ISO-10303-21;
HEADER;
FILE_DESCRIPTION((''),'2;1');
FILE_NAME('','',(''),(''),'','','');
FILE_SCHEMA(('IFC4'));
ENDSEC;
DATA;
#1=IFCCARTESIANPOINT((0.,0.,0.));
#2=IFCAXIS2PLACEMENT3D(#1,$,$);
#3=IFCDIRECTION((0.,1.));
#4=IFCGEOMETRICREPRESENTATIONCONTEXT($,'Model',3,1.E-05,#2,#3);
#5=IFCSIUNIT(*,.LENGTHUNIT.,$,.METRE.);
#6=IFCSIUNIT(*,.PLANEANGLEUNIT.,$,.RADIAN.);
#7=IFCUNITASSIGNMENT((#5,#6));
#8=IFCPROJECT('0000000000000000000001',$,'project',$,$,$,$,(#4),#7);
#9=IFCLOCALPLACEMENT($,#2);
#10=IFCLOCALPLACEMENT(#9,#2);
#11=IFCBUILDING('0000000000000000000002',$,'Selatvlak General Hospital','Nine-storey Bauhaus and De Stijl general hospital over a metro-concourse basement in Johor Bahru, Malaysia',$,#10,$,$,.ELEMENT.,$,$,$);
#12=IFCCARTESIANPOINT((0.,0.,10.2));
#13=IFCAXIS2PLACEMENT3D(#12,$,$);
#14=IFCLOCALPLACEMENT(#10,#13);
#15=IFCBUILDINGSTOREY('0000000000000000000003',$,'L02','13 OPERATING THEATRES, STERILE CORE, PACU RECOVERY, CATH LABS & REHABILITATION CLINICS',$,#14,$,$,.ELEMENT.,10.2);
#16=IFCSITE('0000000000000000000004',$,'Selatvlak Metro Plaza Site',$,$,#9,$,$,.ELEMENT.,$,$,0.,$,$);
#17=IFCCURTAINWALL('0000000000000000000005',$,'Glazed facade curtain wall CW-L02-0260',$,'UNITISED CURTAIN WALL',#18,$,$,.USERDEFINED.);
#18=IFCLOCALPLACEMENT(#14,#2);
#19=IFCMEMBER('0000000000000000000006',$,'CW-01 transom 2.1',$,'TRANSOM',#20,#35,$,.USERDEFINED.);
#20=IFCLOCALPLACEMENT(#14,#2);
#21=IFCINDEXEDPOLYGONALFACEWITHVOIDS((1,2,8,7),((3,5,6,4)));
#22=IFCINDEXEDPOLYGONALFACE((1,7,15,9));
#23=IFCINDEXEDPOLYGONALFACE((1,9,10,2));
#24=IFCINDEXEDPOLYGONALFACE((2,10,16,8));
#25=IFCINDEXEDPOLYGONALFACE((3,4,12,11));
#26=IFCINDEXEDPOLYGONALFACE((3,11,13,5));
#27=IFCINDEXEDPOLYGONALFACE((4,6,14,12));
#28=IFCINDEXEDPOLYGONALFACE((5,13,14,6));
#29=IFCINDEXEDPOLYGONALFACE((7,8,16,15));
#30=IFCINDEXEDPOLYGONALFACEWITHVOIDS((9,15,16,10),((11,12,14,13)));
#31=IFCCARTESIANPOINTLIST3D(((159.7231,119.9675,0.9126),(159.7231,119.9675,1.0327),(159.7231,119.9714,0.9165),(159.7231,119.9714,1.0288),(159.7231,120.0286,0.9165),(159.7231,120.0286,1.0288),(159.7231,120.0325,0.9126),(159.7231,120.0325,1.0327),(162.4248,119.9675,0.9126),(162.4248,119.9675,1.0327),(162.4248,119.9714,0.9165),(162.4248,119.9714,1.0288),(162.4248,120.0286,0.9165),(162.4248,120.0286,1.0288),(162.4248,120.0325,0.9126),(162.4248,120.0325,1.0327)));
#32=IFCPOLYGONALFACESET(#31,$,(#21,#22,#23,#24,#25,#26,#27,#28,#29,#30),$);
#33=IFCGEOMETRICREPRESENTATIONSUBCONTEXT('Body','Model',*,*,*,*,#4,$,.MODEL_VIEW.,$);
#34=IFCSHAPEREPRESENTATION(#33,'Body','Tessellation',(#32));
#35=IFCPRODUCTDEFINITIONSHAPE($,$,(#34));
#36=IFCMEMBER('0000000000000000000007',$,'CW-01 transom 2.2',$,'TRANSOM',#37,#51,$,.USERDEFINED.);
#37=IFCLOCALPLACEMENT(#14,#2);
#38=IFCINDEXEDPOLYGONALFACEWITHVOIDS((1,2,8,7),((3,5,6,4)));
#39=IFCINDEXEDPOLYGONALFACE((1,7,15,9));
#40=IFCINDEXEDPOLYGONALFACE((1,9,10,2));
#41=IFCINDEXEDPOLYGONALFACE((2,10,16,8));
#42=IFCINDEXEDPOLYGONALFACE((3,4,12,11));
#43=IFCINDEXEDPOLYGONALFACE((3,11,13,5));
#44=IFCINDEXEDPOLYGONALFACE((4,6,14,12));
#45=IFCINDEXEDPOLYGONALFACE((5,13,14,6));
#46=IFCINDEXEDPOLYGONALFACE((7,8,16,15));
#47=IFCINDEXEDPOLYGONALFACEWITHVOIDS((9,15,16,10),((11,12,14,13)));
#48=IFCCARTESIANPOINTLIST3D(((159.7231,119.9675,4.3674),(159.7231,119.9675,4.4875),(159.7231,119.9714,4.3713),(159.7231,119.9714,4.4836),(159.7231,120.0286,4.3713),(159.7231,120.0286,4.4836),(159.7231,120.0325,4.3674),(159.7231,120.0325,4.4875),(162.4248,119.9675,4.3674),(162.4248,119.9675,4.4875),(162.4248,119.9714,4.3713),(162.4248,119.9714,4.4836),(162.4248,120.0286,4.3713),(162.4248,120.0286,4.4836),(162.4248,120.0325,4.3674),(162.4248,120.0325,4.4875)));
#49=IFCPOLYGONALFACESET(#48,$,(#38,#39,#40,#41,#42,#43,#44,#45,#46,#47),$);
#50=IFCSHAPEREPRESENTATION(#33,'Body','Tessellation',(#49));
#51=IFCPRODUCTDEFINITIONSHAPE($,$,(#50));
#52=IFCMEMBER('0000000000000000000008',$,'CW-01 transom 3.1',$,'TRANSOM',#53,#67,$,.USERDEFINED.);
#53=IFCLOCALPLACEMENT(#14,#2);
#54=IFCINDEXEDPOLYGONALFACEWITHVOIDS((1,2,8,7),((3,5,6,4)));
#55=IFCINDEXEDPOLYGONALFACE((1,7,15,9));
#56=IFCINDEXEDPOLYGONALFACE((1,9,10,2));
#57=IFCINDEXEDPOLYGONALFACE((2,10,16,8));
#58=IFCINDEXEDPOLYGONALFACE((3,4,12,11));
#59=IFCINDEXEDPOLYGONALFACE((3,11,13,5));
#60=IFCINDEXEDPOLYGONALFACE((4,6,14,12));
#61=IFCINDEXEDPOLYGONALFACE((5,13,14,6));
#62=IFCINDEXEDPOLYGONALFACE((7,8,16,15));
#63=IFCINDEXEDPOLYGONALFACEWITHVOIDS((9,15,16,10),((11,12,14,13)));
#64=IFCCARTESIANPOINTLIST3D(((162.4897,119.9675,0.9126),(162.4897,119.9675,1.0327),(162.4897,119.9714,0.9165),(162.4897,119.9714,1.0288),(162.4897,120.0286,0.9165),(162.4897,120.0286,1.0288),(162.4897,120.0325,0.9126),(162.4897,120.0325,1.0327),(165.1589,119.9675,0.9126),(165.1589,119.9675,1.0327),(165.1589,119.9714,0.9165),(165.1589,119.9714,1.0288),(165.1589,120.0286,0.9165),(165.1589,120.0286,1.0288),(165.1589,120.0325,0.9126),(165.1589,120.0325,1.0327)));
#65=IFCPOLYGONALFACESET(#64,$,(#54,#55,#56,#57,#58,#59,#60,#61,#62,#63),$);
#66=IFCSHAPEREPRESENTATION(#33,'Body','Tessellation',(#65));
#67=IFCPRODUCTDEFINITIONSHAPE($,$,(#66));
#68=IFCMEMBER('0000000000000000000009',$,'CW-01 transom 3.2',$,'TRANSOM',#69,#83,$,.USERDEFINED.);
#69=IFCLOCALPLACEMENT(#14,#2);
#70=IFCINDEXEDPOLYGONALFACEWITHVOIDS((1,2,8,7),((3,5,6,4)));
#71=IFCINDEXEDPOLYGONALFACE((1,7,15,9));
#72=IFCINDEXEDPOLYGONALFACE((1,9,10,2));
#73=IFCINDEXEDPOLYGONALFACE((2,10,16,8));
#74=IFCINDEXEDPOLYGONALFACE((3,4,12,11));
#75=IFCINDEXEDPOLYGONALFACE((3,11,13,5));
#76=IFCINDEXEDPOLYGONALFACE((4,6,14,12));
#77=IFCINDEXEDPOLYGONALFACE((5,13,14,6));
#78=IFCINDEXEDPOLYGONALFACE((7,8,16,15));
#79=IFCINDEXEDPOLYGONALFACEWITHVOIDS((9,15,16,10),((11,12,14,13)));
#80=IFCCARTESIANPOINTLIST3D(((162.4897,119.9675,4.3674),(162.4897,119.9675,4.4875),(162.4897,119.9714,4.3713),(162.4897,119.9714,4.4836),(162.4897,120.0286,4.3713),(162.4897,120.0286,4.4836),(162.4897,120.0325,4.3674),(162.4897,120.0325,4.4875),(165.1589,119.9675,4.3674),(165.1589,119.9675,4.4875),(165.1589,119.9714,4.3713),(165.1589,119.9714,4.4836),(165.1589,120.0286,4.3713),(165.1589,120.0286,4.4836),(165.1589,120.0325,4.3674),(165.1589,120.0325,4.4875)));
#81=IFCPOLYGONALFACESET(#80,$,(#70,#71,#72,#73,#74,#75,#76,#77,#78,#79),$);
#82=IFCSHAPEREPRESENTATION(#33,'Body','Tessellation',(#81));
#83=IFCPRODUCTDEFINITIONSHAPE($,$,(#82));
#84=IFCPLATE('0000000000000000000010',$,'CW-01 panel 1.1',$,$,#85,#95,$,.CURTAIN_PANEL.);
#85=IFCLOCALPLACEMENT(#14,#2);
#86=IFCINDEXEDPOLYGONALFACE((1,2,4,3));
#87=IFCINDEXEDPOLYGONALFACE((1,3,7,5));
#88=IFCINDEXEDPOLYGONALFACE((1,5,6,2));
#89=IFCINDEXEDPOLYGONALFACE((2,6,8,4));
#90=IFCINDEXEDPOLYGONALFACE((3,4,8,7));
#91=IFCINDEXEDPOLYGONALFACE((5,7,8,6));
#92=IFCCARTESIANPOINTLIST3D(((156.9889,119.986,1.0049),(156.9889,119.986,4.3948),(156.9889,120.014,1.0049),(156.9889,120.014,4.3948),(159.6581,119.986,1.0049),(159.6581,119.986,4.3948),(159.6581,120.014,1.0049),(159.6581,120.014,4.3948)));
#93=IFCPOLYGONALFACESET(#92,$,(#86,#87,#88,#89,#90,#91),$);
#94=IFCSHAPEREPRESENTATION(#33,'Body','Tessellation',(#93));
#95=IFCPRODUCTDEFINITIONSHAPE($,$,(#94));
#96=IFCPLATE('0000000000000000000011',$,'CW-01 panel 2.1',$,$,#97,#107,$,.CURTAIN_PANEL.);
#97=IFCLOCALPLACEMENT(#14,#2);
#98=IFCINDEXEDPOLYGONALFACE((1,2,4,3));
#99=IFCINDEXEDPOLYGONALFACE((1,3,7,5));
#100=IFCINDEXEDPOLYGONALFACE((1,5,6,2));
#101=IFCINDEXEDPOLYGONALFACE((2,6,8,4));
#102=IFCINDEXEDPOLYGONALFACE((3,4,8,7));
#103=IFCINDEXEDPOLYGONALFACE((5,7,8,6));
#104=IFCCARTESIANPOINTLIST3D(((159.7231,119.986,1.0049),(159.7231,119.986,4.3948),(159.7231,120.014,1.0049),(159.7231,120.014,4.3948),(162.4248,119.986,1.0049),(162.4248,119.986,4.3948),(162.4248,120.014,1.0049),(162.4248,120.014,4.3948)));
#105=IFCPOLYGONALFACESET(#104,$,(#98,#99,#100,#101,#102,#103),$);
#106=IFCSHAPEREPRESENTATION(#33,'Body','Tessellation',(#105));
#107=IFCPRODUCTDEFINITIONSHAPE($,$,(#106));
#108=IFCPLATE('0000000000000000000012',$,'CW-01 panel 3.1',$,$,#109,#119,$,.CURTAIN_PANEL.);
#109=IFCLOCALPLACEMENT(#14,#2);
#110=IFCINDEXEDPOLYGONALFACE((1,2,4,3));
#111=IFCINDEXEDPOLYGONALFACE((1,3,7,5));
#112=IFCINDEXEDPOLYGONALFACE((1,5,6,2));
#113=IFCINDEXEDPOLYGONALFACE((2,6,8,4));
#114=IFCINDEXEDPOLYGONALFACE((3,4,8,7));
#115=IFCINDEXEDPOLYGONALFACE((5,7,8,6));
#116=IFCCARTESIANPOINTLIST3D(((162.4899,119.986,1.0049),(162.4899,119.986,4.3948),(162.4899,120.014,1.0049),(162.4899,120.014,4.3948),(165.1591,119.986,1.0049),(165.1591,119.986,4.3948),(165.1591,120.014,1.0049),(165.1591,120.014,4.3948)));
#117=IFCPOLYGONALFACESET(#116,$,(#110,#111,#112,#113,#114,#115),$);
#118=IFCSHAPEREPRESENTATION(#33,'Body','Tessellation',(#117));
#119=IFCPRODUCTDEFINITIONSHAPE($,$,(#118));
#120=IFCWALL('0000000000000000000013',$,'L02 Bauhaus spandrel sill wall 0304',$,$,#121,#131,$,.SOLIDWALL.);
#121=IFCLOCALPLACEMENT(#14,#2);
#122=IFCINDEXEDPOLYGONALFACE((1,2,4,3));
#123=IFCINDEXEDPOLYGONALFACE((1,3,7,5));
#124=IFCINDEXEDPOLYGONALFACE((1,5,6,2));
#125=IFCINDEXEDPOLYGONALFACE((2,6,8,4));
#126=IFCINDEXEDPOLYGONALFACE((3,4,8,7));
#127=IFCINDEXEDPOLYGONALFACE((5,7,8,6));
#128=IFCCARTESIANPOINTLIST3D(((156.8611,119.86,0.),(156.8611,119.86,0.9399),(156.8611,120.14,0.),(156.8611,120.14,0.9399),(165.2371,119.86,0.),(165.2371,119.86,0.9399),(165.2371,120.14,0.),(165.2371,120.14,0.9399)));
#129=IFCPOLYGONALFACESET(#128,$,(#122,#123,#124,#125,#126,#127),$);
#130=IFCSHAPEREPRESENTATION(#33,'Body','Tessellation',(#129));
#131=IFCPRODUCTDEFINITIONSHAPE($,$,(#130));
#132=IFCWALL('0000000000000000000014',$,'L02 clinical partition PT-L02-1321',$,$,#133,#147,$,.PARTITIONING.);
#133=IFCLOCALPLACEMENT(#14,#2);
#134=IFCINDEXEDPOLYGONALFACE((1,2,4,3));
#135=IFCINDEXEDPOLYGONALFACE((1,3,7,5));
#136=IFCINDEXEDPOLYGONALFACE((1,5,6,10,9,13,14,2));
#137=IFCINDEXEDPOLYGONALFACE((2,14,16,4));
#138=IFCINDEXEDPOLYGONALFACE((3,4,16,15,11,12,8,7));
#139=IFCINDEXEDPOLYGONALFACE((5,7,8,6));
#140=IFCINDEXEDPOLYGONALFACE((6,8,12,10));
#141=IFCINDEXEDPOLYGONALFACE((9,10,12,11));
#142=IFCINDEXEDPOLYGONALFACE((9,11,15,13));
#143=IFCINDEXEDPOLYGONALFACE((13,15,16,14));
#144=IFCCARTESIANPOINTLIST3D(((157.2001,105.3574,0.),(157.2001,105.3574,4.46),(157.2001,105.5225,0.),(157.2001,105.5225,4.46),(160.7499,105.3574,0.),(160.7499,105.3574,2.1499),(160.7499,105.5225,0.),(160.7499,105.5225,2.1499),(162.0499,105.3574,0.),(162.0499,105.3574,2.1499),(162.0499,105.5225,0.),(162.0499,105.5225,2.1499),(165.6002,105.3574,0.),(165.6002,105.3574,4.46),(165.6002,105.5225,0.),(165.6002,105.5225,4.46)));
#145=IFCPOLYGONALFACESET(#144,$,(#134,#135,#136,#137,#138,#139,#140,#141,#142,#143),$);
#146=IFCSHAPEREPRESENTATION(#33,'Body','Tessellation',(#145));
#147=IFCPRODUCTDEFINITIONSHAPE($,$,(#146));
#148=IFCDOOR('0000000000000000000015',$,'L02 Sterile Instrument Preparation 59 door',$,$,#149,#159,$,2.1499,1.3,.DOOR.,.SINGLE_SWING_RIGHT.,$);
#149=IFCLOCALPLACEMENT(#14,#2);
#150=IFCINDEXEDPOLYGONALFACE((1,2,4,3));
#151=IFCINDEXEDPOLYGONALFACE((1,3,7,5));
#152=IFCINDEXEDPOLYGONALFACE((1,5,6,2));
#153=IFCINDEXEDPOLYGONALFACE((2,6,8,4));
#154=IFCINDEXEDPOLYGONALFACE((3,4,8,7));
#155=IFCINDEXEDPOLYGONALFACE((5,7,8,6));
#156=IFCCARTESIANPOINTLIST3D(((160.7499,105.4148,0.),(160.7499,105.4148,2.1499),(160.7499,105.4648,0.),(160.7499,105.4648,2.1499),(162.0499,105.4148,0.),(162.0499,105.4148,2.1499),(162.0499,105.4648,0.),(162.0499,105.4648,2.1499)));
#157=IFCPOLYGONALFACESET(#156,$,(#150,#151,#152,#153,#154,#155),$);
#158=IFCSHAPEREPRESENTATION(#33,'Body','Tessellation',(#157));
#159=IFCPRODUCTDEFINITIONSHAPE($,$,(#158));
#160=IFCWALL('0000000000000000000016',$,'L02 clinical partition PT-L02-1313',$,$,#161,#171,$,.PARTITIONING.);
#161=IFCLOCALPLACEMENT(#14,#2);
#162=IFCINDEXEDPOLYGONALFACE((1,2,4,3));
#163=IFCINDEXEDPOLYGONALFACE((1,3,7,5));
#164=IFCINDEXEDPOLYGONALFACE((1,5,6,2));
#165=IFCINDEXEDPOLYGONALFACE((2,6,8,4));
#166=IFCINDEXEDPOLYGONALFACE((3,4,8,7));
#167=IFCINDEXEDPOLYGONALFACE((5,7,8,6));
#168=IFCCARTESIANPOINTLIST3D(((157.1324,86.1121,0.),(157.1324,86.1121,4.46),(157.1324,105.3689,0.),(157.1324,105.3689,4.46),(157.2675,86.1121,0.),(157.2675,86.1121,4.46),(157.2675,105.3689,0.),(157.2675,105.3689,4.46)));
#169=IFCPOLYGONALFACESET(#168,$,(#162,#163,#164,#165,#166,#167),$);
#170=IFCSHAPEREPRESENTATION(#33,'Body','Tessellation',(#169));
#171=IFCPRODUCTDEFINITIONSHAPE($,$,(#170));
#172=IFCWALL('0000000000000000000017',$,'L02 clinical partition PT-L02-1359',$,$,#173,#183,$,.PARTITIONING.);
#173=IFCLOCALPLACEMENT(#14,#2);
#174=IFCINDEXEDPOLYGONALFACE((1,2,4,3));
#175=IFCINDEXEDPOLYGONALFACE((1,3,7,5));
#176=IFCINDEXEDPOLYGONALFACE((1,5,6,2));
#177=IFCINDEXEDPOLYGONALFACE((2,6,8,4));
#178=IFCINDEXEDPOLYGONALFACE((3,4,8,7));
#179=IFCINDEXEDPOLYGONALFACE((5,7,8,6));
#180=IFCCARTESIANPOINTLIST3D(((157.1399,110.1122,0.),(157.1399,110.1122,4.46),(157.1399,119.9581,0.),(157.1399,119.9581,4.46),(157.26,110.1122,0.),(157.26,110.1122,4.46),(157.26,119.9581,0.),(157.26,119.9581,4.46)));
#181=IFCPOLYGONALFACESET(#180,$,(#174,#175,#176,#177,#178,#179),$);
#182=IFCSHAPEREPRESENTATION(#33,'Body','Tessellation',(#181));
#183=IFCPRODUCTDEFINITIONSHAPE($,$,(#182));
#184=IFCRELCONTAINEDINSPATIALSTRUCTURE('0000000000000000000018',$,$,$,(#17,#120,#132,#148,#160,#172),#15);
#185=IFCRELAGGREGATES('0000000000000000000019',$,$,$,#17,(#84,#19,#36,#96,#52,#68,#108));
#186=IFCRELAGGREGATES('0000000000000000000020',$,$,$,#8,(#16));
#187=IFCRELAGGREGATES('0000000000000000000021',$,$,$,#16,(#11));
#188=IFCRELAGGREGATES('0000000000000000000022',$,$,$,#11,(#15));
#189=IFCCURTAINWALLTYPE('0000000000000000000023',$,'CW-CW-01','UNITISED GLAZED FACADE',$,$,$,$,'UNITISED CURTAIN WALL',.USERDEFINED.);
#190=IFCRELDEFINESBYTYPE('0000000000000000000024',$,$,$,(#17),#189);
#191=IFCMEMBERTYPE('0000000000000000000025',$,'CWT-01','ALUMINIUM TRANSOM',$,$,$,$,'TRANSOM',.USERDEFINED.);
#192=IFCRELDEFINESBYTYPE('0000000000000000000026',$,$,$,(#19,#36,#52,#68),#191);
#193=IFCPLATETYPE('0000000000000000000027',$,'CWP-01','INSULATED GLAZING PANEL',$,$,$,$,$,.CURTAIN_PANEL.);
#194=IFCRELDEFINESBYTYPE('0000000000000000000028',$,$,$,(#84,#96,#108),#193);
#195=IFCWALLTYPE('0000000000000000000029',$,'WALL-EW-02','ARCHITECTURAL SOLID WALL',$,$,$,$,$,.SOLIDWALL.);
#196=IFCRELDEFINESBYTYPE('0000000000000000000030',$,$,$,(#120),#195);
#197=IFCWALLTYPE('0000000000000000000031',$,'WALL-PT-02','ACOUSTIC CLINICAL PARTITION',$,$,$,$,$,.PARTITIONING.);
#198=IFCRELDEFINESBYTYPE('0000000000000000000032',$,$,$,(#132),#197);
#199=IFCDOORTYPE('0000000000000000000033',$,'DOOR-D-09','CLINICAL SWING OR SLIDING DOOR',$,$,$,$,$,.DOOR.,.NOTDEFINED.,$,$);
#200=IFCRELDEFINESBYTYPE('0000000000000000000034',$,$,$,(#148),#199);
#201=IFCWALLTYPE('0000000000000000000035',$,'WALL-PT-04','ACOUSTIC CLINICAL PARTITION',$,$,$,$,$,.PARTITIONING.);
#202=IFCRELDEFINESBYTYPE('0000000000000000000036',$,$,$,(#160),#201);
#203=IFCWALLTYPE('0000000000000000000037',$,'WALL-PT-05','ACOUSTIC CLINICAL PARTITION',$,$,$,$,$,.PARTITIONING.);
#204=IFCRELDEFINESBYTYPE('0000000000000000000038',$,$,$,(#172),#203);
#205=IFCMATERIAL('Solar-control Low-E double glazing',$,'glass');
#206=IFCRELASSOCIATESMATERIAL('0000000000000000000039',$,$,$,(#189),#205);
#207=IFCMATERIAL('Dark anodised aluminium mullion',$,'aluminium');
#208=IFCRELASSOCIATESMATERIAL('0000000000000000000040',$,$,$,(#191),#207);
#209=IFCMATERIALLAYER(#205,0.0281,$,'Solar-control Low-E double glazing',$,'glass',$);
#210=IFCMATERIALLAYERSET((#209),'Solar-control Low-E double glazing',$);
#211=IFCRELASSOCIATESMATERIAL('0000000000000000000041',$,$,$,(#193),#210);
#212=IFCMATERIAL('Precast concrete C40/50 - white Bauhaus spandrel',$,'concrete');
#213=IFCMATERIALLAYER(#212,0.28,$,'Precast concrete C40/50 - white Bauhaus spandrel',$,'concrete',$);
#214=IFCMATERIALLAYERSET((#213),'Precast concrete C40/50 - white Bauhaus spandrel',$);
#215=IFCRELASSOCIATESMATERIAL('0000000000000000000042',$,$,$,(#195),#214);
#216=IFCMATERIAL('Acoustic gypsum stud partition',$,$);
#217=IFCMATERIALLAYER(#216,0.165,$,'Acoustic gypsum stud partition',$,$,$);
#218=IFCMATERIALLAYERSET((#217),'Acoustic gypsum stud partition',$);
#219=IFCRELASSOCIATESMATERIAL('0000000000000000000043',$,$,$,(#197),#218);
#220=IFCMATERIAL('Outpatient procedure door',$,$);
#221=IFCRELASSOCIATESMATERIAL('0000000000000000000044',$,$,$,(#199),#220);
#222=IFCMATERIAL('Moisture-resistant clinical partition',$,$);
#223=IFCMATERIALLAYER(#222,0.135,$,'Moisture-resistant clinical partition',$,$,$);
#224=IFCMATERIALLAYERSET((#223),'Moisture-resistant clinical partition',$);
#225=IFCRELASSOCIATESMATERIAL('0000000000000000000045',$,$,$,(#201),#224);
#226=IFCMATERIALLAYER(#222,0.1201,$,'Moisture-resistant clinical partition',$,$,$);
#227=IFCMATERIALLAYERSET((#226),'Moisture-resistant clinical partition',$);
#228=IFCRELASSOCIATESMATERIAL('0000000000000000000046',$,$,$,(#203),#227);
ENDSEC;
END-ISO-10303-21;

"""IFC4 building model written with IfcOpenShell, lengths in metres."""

from ifc_helpers import new_model, si_unit, direction, frame, frame_2d, origin, origin_2d, place, context, subcontext, project, spatial, rectangle, hollow_rectangle, extrude, material, layer, layer_set, material_profile, profile_set, type_object, element, fill, aggregate, save


model = new_model("IFC4")

# Units and contexts
model_context = context("Model", 3, precision=1e-05, world=origin(), true_north=direction((0.0, 1.0)))
body_context = subcontext(model_context, "Body", "Model", "MODEL_VIEW")
ifc_project = project(units=[si_unit("LENGTHUNIT", "METRE"), si_unit("PLANEANGLEUNIT", "RADIAN")], contexts=[model_context])

# Site, building, storey
site_placement = place(None, origin())
site = spatial("IfcSite", under=ifc_project, at=site_placement, Name="Selatvlak Metro Plaza Site", CompositionType="ELEMENT", RefElevation=0.0)
building_placement = place(site_placement, origin())
building = spatial("IfcBuilding", under=site, at=building_placement, Name="Selatvlak General Hospital", Description="Nine-storey Bauhaus and De Stijl general hospital over a metro-concourse basement in Johor Bahru, Malaysia", CompositionType="ELEMENT")
storey_placement = place(building_placement, frame((0.0, 0.0, 10.2)))
storey = spatial("IfcBuildingStorey", under=building, at=storey_placement, Name="L02", Description="13 OPERATING THEATRES, STERILE CORE, PACU RECOVERY, CATH LABS & REHABILITATION CLINICS", CompositionType="ELEMENT", Elevation=10.2)

# Curtain wall, members, plates
ifc_material_1 = material(Name="Solar-control Low-E double glazing", Category="glass")
curtain_wall_type = type_object("IfcCurtainWallType", Name="CW-CW-01", Description="UNITISED GLAZED FACADE", ElementType="UNITISED CURTAIN WALL", PredefinedType="USERDEFINED", material=ifc_material_1)
curtain_wall_placement = place(storey_placement, origin())
curtain_wall = element("IfcCurtainWall", 1, at=curtain_wall_placement, inside=storey, type_object=curtain_wall_type, Name="Glazed facade curtain wall CW-L02-0260", ObjectType="UNITISED CURTAIN WALL", PredefinedType="USERDEFINED")
ifc_material_2 = material(Name="Dark anodised aluminium mullion", Category="aluminium")
ifc_material_profile_1 = material_profile(ifc_material_2, hollow_rectangle(XDim=0.0649, YDim=0.1201, WallThickness=0.0039, at=origin_2d()), Name="AL-TRN 65x120x4")
ifc_profile_set_1 = profile_set([ifc_material_profile_1], Name="Dark anodised aluminium mullion")
member_type_1 = type_object("IfcMemberType", Name="CWT-01", Description="ALUMINIUM TRANSOM", ElementType="TRANSOM", PredefinedType="USERDEFINED", material=ifc_profile_set_1)
member_1_placement = place(storey_placement, frame((159.7231, 120.0, 0.9727), z_axis=(1.0, 0.0, 0.0), x_axis=(0.0, 1.0, 0.0)))
member_1 = element("IfcMember", 2, at=member_1_placement, type_object=member_type_1, Name="CW-01 transom 2.1", ObjectType="TRANSOM", PredefinedType="USERDEFINED", context=body_context, shape_type="SweptSolid", body=[
    extrude(hollow_rectangle(XDim=0.0649, YDim=0.1201, WallThickness=0.0039, at=origin_2d()), origin(), (0.0, 0.0, 1.0), 2.7017),
])
member_2_placement = place(storey_placement, frame((159.7231, 120.0, 4.4275), z_axis=(1.0, 0.0, 0.0), x_axis=(0.0, 1.0, 0.0)))
member_2 = element("IfcMember", 3, at=member_2_placement, type_object=member_type_1, Name="CW-01 transom 2.2", ObjectType="TRANSOM", PredefinedType="USERDEFINED", context=body_context, shape_type="SweptSolid", body=[
    extrude(hollow_rectangle(XDim=0.0649, YDim=0.1201, WallThickness=0.0039, at=origin_2d()), origin(), (0.0, 0.0, 1.0), 2.7017),
])
member_3_placement = place(storey_placement, frame((162.4897, 120.0, 0.9727), z_axis=(1.0, 0.0, 0.0), x_axis=(0.0, 1.0, 0.0)))
member_3 = element("IfcMember", 4, at=member_3_placement, type_object=member_type_1, Name="CW-01 transom 3.1", ObjectType="TRANSOM", PredefinedType="USERDEFINED", context=body_context, shape_type="SweptSolid", body=[
    extrude(hollow_rectangle(XDim=0.0649, YDim=0.1201, WallThickness=0.0039, at=origin_2d()), origin(), (0.0, 0.0, 1.0), 2.6692),
])
member_4_placement = place(storey_placement, frame((162.4897, 120.0, 4.4275), z_axis=(1.0, 0.0, 0.0), x_axis=(0.0, 1.0, 0.0)))
member_4 = element("IfcMember", 5, at=member_4_placement, type_object=member_type_1, Name="CW-01 transom 3.2", ObjectType="TRANSOM", PredefinedType="USERDEFINED", context=body_context, shape_type="SweptSolid", body=[
    extrude(hollow_rectangle(XDim=0.0649, YDim=0.1201, WallThickness=0.0039, at=origin_2d()), origin(), (0.0, 0.0, 1.0), 2.6692),
])
ifc_layer_1 = layer(ifc_material_1, 0.0281, Name="Solar-control Low-E double glazing", Category="glass")
ifc_layer_set_1 = layer_set([ifc_layer_1], Name="Solar-control Low-E double glazing")
plate_type = type_object("IfcPlateType", Name="CWP-01", Description="INSULATED GLAZING PANEL", PredefinedType="CURTAIN_PANEL", material=ifc_layer_set_1)
plate_1_placement = place(storey_placement, frame((158.3235, 120.0, 1.0049), z_axis=(0.0, 0.0, 1.0), x_axis=(1.0, 0.0, 0.0)))
plate_1 = element("IfcPlate", 6, at=plate_1_placement, type_object=plate_type, Name="CW-01 panel 1.1", PredefinedType="CURTAIN_PANEL", context=body_context, shape_type="SweptSolid", body=[
    extrude(rectangle(XDim=2.6692, YDim=0.0281, at=origin_2d()), origin(), (0.0, 0.0, 1.0), 3.3899),
])
plate_2_placement = place(storey_placement, frame((161.074, 120.0, 1.0049), z_axis=(0.0, 0.0, 1.0), x_axis=(1.0, 0.0, 0.0)))
plate_2 = element("IfcPlate", 7, at=plate_2_placement, type_object=plate_type, Name="CW-01 panel 2.1", PredefinedType="CURTAIN_PANEL", context=body_context, shape_type="SweptSolid", body=[
    extrude(rectangle(XDim=2.7017, YDim=0.0281, at=origin_2d()), origin(), (0.0, 0.0, 1.0), 3.3899),
])
plate_3_placement = place(storey_placement, frame((163.8245, 120.0, 1.0049), z_axis=(0.0, 0.0, 1.0), x_axis=(1.0, 0.0, 0.0)))
plate_3 = element("IfcPlate", 8, at=plate_3_placement, type_object=plate_type, Name="CW-01 panel 3.1", PredefinedType="CURTAIN_PANEL", context=body_context, shape_type="SweptSolid", body=[
    extrude(rectangle(XDim=2.6692, YDim=0.0281, at=origin_2d()), origin(), (0.0, 0.0, 1.0), 3.3899),
])
aggregate(curtain_wall, [plate_1, member_1, member_2, plate_2, member_3, member_4, plate_3])

# Wall
ifc_material_3 = material(Name="Precast concrete C40/50 - white Bauhaus spandrel", Category="concrete")
ifc_layer_2 = layer(ifc_material_3, 0.28, Name="Precast concrete C40/50 - white Bauhaus spandrel", Category="concrete")
ifc_layer_set_2 = layer_set([ifc_layer_2], Name="Precast concrete C40/50 - white Bauhaus spandrel")
wall_type_1 = type_object("IfcWallType", Name="WALL-EW-02", Description="ARCHITECTURAL SOLID WALL", PredefinedType="SOLIDWALL", material=ifc_layer_set_2)
wall_1_placement = place(storey_placement, frame((156.8611, 120.0, 0.0), z_axis=(0.0, 0.0, 1.0), x_axis=(1.0, 0.0, 0.0)))
element("IfcWall", 9, at=wall_1_placement, inside=storey, type_object=wall_type_1, Name="L02 Bauhaus spandrel sill wall 0304", PredefinedType="SOLIDWALL", context=body_context, shape_type="SweptSolid", body=[
    extrude(rectangle(XDim=8.376, YDim=0.28, at=frame_2d((4.188, 0.0))), origin(), (0.0, 0.0, 1.0), 0.9399),
])

# Wall, opening, door
ifc_material_4 = material(Name="Acoustic gypsum stud partition")
ifc_layer_3 = layer(ifc_material_4, 0.165, Name="Acoustic gypsum stud partition")
ifc_layer_set_3 = layer_set([ifc_layer_3], Name="Acoustic gypsum stud partition")
wall_type_2 = type_object("IfcWallType", Name="WALL-PT-02", Description="ACOUSTIC CLINICAL PARTITION", PredefinedType="PARTITIONING", material=ifc_layer_set_3)
wall_2_placement = place(storey_placement, frame((157.2, 105.4399, 0.0), z_axis=(0.0, 0.0, 1.0), x_axis=(1.0, 0.0, 0.0)))
wall_2 = element("IfcWall", 10, at=wall_2_placement, inside=storey, type_object=wall_type_2, Name="L02 clinical partition PT-L02-1321", PredefinedType="PARTITIONING", context=body_context, shape_type="SweptSolid", body=[
    extrude(rectangle(XDim=8.4001, YDim=0.165, at=frame_2d((4.2002, 0.0))), origin(), (0.0, 0.0, 1.0), 4.46),
])
opening_placement = place(wall_2_placement, frame((3.55, 0.0, 0.0)))
opening = element("IfcOpeningElement", 11, at=opening_placement, cuts=wall_2, PredefinedType="OPENING", context=body_context, shape_type="SweptSolid", body=[
    extrude(rectangle(XDim=1.3, YDim=2.1499, at=frame_2d((0.6499, 1.075))), frame((0.0, 0.0925, 0.0), z_axis=(0.0, -1.0, 0.0), x_axis=(1.0, 0.0, 0.0)), (0.0, 0.0, 1.0), 0.1851),
])
ifc_material_5 = material(Name="Outpatient procedure door")
door_type = type_object("IfcDoorType", Name="DOOR-D-09", Description="CLINICAL SWING OR SLIDING DOOR", OperationType="NOTDEFINED", PredefinedType="DOOR", material=ifc_material_5)
door_placement = place(opening_placement, origin())
door = element("IfcDoor", 12, at=door_placement, inside=storey, type_object=door_type, Name="L02 Sterile Instrument Preparation 59 door", OperationType="SINGLE_SWING_RIGHT", OverallHeight=2.1499, OverallWidth=1.3, PredefinedType="DOOR", context=body_context, shape_type="SweptSolid", body=[
    extrude(rectangle(XDim=1.3, YDim=2.1499, at=frame_2d((0.6499, 1.075))), frame((0.0, 0.0249, 0.0), z_axis=(0.0, -1.0, 0.0), x_axis=(1.0, 0.0, 0.0)), (0.0, 0.0, 1.0), 0.05),
])
fill(opening, door)

# Walls
ifc_material_6 = material(Name="Moisture-resistant clinical partition")
ifc_layer_4 = layer(ifc_material_6, 0.135, Name="Moisture-resistant clinical partition")
ifc_layer_set_4 = layer_set([ifc_layer_4], Name="Moisture-resistant clinical partition")
wall_type_3 = type_object("IfcWallType", Name="WALL-PT-04", Description="ACOUSTIC CLINICAL PARTITION", PredefinedType="PARTITIONING", material=ifc_layer_set_4)
wall_3_placement = place(storey_placement, frame((157.2, 105.3689, 0.0), z_axis=(0.0, 0.0, 1.0), x_axis=(0.0, -1.0, 0.0)))
element("IfcWall", 13, at=wall_3_placement, inside=storey, type_object=wall_type_3, Name="L02 clinical partition PT-L02-1313", PredefinedType="PARTITIONING", context=body_context, shape_type="SweptSolid", body=[
    extrude(rectangle(XDim=19.2568, YDim=0.135, at=frame_2d((9.6284, 0.0))), origin(), (0.0, 0.0, 1.0), 4.46),
])
ifc_layer_5 = layer(ifc_material_6, 0.1201, Name="Moisture-resistant clinical partition")
ifc_layer_set_5 = layer_set([ifc_layer_5], Name="Moisture-resistant clinical partition")
wall_type_4 = type_object("IfcWallType", Name="WALL-PT-05", Description="ACOUSTIC CLINICAL PARTITION", PredefinedType="PARTITIONING", material=ifc_layer_set_5)
wall_4_placement = place(storey_placement, frame((157.2, 119.958, 0.0), z_axis=(0.0, 0.0, 1.0), x_axis=(0.0, -1.0, 0.0)))
element("IfcWall", 14, at=wall_4_placement, inside=storey, type_object=wall_type_4, Name="L02 clinical partition PT-L02-1359", PredefinedType="PARTITIONING", context=body_context, shape_type="SweptSolid", body=[
    extrude(rectangle(XDim=9.8459, YDim=0.1201, at=frame_2d((4.9229, 0.0))), origin(), (0.0, 0.0, 1.0), 4.46),
])

save(model, "model.ifc")
